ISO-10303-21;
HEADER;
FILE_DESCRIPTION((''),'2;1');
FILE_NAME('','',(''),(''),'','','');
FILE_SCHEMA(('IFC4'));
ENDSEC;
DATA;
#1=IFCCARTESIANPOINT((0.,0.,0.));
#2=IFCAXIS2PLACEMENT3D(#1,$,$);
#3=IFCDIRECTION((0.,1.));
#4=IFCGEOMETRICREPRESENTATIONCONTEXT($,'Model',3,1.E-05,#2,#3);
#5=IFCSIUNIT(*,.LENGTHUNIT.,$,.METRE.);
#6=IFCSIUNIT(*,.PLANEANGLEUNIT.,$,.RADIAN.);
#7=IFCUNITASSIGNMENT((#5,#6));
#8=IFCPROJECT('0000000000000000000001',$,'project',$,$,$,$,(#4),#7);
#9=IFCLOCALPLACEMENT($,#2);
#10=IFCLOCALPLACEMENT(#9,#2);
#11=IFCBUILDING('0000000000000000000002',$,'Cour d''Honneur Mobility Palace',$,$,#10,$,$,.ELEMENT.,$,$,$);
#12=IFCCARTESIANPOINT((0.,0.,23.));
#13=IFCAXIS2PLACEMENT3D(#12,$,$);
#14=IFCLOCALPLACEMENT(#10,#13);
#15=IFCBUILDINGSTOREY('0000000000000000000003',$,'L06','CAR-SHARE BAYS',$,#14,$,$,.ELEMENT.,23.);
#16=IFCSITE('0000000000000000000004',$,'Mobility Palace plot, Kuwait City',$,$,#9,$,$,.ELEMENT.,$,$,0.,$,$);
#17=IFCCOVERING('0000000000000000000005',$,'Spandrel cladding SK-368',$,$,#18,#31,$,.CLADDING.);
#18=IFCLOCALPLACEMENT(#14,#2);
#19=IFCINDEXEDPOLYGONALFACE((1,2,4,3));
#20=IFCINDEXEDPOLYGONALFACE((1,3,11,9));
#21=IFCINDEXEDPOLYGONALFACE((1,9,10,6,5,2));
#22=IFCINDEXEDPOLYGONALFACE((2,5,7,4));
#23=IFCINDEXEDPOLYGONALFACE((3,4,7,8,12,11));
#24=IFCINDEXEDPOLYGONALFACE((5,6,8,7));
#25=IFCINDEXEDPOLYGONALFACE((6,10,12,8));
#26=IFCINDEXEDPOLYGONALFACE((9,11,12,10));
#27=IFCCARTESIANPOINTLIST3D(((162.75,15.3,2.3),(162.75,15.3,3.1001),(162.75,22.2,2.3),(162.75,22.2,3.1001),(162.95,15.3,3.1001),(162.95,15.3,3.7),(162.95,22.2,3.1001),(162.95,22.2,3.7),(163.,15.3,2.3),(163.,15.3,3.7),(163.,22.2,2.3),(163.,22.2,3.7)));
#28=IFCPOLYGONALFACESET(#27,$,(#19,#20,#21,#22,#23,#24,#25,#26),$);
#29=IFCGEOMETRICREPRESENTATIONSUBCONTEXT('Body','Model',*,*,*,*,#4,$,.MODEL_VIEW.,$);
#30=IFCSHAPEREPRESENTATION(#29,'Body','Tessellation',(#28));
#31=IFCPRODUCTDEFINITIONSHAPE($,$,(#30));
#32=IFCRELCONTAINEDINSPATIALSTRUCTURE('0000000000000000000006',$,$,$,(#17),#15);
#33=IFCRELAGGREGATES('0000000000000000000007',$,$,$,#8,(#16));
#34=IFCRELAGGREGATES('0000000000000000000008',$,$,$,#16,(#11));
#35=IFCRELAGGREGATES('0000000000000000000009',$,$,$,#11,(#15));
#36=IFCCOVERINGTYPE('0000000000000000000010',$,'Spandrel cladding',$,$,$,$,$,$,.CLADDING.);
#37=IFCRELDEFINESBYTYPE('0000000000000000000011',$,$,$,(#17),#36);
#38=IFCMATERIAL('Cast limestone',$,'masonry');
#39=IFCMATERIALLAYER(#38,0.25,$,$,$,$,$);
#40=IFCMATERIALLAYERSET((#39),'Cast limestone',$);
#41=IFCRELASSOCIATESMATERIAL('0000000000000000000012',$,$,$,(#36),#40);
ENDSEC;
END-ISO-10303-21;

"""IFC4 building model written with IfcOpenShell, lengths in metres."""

from ifc_helpers import new_model, si_unit, direction, frame, origin, place, context, subcontext, project, spatial, polyline, outline, extrude, material, layer, layer_set, type_object, element, save


model = new_model("IFC4")

# Units and contexts
model_context = context("Model", 3, precision=1e-05, world=origin(), true_north=direction((0.0, 1.0)))
body_context = subcontext(model_context, "Body", "Model", "MODEL_VIEW")
ifc_project = project(units=[si_unit("LENGTHUNIT", "METRE"), si_unit("PLANEANGLEUNIT", "RADIAN")], contexts=[model_context])

# Site, building, storey
site_placement = place(None, origin())
site = spatial("IfcSite", under=ifc_project, at=site_placement, Name="Mobility Palace plot, Kuwait City", CompositionType="ELEMENT", RefElevation=0.0)
building_placement = place(site_placement, origin())
building = spatial("IfcBuilding", under=site, at=building_placement, Name="Cour d'Honneur Mobility Palace", CompositionType="ELEMENT")
storey_placement = place(building_placement, frame((0.0, 0.0, 23.0)))
storey = spatial("IfcBuildingStorey", under=building, at=storey_placement, Name="L06", Description="CAR-SHARE BAYS", CompositionType="ELEMENT", Elevation=23.0)

# Covering
ifc_material_1 = material(Name="Cast limestone", Category="masonry")
ifc_layer_1 = layer(ifc_material_1, 0.25)
ifc_layer_set_1 = layer_set([ifc_layer_1], Name="Cast limestone")
covering_type = type_object("IfcCoveringType", Name="Spandrel cladding", PredefinedType="CLADDING", material=ifc_layer_set_1)
covering_placement = place(storey_placement, frame((162.75, 15.3, 2.3), z_axis=(0.0, -1.0, 0.0), x_axis=(1.0, 0.0, 0.0)))
element("IfcCovering", 1, at=covering_placement, inside=storey, type_object=covering_type, Name="Spandrel cladding SK-368", PredefinedType="CLADDING", context=body_context, shape_type="SweptSolid", body=[
    extrude(outline(polyline([(0.0, 0.0), (0.25, 0.0), (0.25, 1.3999), (0.2, 1.3999), (0.2, 0.8), (0.0, 0.8), (0.0, 0.0)])), origin(), (0.0, 0.0, -1.0), 6.8999),
])

save(model, "model.ifc")
